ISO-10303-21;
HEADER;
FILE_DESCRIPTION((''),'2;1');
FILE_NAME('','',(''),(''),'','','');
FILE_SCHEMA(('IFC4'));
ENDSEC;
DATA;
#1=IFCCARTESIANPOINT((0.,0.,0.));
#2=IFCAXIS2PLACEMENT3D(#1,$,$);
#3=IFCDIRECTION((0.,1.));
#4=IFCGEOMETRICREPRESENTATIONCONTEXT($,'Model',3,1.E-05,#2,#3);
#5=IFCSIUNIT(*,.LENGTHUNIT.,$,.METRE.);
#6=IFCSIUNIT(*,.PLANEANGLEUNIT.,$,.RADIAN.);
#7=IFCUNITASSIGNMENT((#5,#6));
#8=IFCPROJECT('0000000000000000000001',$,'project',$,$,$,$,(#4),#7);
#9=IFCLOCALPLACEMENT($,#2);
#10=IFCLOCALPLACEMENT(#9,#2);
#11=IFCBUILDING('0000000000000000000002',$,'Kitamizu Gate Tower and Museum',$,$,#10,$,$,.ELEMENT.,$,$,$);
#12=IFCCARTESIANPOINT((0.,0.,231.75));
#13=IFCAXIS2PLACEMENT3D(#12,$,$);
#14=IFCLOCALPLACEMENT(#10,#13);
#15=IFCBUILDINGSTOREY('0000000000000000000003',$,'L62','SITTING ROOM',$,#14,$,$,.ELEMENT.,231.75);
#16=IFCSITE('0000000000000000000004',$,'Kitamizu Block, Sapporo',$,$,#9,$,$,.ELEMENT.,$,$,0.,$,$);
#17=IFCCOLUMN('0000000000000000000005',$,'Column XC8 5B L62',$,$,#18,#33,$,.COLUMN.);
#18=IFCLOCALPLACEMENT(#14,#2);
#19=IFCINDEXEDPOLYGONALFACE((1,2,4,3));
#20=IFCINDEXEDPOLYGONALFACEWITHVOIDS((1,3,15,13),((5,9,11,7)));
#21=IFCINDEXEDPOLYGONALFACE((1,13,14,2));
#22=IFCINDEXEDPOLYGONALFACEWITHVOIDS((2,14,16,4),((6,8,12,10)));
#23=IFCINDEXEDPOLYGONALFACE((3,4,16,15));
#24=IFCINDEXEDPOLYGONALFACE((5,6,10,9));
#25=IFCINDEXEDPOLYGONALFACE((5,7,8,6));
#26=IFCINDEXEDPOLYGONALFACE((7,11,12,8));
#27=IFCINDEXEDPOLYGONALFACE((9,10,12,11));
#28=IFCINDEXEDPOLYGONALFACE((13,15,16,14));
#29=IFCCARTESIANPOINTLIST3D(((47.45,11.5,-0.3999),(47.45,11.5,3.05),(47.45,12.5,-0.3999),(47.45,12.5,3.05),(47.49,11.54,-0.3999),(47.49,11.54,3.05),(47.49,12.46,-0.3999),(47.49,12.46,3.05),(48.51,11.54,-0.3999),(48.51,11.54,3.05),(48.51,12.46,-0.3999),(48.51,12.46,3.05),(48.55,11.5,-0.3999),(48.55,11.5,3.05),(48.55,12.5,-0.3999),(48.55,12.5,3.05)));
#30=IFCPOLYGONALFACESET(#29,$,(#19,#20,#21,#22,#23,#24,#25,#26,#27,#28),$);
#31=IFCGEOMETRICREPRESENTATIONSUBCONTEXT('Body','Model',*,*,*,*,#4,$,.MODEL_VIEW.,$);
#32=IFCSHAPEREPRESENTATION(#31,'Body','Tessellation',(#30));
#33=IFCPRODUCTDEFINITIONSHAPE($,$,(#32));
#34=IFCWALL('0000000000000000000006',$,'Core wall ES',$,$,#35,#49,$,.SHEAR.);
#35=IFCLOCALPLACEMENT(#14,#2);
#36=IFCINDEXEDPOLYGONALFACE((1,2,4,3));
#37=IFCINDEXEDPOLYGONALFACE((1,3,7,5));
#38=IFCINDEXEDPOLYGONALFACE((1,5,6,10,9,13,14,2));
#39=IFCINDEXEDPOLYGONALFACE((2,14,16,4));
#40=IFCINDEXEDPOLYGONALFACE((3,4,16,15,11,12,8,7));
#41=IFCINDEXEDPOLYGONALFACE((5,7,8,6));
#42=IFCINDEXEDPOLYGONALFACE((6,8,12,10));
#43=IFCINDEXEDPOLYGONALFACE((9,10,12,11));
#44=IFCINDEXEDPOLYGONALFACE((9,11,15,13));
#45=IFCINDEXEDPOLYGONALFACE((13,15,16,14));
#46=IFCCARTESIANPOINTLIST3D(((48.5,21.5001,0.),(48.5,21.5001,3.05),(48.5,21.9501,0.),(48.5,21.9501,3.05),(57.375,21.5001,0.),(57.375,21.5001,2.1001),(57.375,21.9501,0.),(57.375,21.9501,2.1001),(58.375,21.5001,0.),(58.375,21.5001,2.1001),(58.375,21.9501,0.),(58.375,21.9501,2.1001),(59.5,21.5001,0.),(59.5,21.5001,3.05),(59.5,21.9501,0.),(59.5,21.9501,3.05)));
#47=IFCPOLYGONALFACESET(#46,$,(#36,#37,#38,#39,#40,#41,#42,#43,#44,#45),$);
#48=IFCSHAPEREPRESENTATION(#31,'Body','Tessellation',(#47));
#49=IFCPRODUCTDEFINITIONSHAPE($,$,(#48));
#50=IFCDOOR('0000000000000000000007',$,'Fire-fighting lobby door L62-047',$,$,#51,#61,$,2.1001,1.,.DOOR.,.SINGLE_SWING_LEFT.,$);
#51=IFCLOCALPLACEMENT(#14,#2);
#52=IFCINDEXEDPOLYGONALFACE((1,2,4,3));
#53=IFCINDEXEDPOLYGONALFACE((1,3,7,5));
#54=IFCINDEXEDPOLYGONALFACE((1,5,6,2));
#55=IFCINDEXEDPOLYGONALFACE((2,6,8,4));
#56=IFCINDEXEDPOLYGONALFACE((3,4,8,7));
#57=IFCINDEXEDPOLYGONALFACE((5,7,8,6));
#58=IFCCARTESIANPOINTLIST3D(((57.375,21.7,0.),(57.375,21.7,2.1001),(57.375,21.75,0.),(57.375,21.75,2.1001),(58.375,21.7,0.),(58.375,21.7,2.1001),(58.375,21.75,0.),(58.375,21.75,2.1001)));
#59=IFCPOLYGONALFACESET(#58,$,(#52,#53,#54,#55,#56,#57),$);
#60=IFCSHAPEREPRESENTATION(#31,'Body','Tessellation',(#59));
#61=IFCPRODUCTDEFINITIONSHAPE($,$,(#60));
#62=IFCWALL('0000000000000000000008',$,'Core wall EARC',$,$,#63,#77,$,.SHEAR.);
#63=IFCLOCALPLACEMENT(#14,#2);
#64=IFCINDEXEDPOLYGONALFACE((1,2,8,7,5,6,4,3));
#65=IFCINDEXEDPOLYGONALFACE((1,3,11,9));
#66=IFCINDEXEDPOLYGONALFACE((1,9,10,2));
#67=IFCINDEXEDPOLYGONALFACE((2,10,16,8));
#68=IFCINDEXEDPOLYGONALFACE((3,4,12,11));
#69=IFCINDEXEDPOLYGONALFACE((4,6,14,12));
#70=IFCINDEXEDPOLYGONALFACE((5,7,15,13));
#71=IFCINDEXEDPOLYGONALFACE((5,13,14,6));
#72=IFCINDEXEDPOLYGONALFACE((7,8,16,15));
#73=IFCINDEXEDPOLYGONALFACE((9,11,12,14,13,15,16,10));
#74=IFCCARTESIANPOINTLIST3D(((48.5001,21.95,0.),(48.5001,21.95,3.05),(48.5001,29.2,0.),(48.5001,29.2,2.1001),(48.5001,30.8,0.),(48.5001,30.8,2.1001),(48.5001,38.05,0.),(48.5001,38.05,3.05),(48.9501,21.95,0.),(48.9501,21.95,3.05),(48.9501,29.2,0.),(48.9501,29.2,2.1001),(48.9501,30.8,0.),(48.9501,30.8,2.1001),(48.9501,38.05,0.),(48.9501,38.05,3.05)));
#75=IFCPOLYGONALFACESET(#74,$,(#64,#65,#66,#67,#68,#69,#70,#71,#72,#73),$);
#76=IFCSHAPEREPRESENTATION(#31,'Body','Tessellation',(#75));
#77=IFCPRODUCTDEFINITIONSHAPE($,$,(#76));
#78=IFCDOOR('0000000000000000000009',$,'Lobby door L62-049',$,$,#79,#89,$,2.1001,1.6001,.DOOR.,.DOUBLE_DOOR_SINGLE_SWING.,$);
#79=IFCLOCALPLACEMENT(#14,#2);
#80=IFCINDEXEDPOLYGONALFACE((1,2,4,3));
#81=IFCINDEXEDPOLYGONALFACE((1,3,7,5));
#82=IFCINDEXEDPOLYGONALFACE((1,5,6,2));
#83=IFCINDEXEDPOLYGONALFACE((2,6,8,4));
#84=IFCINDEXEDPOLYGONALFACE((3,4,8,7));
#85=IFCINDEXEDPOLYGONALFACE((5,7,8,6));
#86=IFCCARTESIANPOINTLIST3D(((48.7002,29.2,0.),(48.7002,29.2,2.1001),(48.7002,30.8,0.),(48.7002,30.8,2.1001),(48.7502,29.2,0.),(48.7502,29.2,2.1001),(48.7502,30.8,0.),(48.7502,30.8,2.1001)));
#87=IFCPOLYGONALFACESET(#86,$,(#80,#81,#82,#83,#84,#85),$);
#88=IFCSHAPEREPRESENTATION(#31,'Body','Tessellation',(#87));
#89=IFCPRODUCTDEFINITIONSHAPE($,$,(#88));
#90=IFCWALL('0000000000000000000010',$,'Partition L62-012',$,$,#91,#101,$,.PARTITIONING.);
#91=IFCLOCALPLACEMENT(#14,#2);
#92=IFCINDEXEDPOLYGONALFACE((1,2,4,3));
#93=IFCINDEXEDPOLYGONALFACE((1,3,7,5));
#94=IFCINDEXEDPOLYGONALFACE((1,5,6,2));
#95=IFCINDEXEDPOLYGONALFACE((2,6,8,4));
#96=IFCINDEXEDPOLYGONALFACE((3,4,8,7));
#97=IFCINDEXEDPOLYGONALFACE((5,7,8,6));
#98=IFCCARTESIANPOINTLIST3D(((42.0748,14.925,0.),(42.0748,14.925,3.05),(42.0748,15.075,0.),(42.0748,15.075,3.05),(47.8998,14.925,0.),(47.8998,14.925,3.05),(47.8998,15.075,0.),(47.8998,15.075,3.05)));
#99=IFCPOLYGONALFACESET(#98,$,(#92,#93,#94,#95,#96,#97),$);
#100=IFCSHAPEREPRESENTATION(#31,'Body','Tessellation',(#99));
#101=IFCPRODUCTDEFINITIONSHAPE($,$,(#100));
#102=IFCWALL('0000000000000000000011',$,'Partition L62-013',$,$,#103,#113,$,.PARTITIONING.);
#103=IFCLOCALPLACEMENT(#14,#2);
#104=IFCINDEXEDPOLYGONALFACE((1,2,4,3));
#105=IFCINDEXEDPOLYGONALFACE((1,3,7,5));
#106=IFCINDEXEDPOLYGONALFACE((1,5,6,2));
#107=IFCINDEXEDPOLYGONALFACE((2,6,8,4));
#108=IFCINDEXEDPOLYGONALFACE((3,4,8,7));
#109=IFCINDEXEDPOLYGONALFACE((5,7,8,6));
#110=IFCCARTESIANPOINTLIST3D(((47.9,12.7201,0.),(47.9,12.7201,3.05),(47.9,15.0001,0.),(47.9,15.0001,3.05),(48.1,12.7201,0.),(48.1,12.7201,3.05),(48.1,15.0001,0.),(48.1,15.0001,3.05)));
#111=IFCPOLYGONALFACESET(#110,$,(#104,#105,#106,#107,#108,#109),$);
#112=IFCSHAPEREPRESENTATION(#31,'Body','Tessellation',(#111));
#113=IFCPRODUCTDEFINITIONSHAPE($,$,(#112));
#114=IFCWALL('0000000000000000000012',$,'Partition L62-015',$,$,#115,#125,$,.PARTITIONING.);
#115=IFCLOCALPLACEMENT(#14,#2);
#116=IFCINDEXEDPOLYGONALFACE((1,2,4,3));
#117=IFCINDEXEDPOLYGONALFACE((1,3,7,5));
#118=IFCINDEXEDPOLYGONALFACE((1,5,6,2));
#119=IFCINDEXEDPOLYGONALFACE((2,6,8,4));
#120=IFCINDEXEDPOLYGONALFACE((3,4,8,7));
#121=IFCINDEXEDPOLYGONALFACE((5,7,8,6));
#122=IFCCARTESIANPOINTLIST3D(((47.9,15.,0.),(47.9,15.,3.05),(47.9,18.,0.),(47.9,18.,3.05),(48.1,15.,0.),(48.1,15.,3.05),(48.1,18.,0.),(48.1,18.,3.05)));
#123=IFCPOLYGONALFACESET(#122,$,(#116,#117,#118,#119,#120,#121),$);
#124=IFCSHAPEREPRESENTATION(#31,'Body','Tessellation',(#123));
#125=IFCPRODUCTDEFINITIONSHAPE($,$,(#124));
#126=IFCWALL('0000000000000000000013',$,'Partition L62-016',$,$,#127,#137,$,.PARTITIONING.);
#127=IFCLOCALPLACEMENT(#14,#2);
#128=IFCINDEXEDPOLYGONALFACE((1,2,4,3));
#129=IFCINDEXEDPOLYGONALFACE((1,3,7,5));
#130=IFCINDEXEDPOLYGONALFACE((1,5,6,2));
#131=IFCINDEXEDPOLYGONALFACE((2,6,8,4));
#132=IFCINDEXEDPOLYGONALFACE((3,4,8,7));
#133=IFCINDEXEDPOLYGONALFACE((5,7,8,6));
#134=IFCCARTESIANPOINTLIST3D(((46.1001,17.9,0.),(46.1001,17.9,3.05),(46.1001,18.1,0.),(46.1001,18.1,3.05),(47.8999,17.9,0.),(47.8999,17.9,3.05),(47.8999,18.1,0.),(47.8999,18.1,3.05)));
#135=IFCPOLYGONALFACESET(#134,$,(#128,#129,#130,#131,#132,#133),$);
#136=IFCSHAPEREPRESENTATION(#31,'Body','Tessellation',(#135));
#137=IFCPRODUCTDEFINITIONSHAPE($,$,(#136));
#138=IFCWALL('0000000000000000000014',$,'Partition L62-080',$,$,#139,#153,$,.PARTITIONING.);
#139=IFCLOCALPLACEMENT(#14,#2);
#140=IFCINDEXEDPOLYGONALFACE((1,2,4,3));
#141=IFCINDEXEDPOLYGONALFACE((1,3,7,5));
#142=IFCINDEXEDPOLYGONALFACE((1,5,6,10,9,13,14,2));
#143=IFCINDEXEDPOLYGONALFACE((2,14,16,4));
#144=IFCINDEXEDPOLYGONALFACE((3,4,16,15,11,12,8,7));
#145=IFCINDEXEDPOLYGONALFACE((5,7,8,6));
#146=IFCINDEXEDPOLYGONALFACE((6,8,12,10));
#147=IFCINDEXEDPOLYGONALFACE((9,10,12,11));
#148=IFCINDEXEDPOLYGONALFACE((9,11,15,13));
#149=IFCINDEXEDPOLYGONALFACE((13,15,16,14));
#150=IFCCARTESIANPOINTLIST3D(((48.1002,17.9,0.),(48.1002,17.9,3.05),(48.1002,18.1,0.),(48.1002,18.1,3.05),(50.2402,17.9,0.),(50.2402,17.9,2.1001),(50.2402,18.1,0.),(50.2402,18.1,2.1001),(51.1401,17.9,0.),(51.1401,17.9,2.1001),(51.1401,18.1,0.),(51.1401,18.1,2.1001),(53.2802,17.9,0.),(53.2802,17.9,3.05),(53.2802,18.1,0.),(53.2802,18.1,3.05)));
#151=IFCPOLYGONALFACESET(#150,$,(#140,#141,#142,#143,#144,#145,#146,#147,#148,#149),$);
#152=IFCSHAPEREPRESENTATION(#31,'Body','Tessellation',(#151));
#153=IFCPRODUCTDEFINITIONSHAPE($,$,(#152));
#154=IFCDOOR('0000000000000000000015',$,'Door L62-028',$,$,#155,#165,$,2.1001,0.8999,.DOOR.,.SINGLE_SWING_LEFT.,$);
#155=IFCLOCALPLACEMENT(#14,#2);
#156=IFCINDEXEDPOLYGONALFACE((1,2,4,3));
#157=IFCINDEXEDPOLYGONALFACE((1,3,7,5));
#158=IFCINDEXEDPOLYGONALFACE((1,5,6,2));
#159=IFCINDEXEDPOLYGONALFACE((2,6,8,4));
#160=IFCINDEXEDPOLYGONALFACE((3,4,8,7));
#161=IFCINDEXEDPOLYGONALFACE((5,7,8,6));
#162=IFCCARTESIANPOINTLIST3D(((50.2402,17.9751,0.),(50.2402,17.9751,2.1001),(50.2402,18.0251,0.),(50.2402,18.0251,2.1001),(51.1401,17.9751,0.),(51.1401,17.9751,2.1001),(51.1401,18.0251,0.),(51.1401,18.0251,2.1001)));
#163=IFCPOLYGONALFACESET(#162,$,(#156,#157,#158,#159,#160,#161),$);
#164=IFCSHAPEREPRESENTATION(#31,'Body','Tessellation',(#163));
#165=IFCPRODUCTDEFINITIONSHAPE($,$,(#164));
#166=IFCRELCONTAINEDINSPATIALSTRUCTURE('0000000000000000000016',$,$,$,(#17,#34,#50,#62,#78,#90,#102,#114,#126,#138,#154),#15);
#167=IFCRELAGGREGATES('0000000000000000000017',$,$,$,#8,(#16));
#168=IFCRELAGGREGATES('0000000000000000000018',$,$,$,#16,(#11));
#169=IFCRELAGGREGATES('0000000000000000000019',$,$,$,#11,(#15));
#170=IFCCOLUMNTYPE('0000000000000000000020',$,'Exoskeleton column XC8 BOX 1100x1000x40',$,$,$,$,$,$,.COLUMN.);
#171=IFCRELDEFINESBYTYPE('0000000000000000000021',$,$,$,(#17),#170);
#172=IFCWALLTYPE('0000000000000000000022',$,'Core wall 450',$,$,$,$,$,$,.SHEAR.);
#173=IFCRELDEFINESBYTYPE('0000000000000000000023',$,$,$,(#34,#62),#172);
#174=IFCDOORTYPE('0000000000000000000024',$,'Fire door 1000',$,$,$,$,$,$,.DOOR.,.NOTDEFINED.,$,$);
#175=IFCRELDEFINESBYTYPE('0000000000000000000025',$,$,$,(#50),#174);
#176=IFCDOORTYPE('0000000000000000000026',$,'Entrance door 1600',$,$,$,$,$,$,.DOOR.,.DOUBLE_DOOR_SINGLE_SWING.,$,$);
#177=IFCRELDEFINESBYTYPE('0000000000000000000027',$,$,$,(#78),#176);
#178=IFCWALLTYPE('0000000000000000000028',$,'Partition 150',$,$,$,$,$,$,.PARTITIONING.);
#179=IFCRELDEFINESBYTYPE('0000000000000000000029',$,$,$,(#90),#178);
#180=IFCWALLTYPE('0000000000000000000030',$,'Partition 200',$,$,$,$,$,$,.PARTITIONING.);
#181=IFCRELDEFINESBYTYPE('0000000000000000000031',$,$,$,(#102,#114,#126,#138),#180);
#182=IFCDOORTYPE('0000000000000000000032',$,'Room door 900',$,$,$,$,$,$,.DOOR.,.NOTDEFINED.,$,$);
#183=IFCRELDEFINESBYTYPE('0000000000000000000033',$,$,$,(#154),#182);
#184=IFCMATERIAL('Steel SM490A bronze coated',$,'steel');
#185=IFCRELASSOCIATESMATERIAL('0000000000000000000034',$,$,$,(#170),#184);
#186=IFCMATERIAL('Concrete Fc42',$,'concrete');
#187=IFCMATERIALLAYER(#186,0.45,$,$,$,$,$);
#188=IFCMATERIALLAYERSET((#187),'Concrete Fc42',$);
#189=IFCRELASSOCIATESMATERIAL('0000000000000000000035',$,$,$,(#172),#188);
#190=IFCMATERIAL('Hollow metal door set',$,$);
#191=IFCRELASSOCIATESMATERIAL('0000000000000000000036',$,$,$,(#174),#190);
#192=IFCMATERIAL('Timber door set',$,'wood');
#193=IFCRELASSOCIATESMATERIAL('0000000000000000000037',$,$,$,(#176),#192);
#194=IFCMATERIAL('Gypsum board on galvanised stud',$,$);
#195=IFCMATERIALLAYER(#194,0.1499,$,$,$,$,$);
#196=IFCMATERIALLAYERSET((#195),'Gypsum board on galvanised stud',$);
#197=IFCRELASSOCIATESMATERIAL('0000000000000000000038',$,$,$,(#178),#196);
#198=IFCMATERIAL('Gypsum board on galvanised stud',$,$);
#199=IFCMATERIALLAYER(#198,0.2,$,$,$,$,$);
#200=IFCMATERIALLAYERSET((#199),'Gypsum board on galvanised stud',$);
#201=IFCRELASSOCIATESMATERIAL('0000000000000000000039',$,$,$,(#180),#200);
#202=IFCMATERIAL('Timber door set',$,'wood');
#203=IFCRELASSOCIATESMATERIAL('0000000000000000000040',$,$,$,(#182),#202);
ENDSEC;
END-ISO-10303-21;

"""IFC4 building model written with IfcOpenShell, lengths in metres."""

from ifc_helpers import new_model, si_unit, direction, frame, frame_2d, origin, origin_2d, place, context, subcontext, project, spatial, rectangle, hollow_rectangle, extrude, material, layer, layer_set, material_profile, profile_set, type_object, element, fill, save


model = new_model("IFC4")

# Units and contexts
model_context = context("Model", 3, precision=1e-05, world=origin(), true_north=direction((0.0, 1.0)))
body_context = subcontext(model_context, "Body", "Model", "MODEL_VIEW")
ifc_project = project(units=[si_unit("LENGTHUNIT", "METRE"), si_unit("PLANEANGLEUNIT", "RADIAN")], contexts=[model_context])

# Site, building, storey
site_placement = place(None, origin())
site = spatial("IfcSite", under=ifc_project, at=site_placement, Name="Kitamizu Block, Sapporo", CompositionType="ELEMENT", RefElevation=0.0)
building_placement = place(site_placement, origin())
building = spatial("IfcBuilding", under=site, at=building_placement, Name="Kitamizu Gate Tower and Museum", CompositionType="ELEMENT")
storey_placement = place(building_placement, frame((0.0, 0.0, 231.75)))
storey = spatial("IfcBuildingStorey", under=building, at=storey_placement, Name="L62", Description="SITTING ROOM", CompositionType="ELEMENT", Elevation=231.75)

# Column
ifc_material_1 = material(Name="Steel SM490A bronze coated", Category="steel")
ifc_material_profile = material_profile(ifc_material_1, hollow_rectangle(XDim=1.1001, YDim=1.0, WallThickness=0.04, at=origin_2d()), Name="BOX 1100x1000x40")
ifc_profile_set = profile_set([ifc_material_profile], Name="Steel SM490A bronze coated")
column_type = type_object("IfcColumnType", Name="Exoskeleton column XC8 BOX 1100x1000x40", PredefinedType="COLUMN", material=ifc_profile_set)
column_placement = place(storey_placement, frame((48.0, 12.0, -0.3999), z_axis=(0.0, 0.0, 1.0), x_axis=(1.0, 0.0, 0.0)))
element("IfcColumn", 1, at=column_placement, inside=storey, type_object=column_type, Name="Column XC8 5B L62", PredefinedType="COLUMN", context=body_context, shape_type="SweptSolid", body=[
    extrude(hollow_rectangle(XDim=1.1001, YDim=1.0, WallThickness=0.04, at=origin_2d()), origin(), (0.0, 0.0, 1.0), 3.45),
])

# Walls, openings, doors
ifc_material_2 = material(Name="Concrete Fc42", Category="concrete")
ifc_layer_1 = layer(ifc_material_2, 0.45)
ifc_layer_set_1 = layer_set([ifc_layer_1], Name="Concrete Fc42")
wall_type_1 = type_object("IfcWallType", Name="Core wall 450", PredefinedType="SHEAR", material=ifc_layer_set_1)
wall_1_placement = place(storey_placement, frame((59.5, 21.7251, 0.0), z_axis=(0.0, 0.0, 1.0), x_axis=(-1.0, 0.0, 0.0)))
wall_1 = element("IfcWall", 2, at=wall_1_placement, inside=storey, type_object=wall_type_1, Name="Core wall ES", PredefinedType="SHEAR", context=body_context, shape_type="SweptSolid", body=[
    extrude(rectangle(XDim=11.0, YDim=0.45, at=frame_2d((5.5, 0.0))), origin(), (0.0, 0.0, 1.0), 3.05),
])
opening_1_placement = place(wall_1_placement, frame((1.125, 0.0, 0.0)))
opening_1 = element("IfcOpeningElement", 3, at=opening_1_placement, cuts=wall_1, PredefinedType="OPENING", context=body_context, shape_type="SweptSolid", body=[
    extrude(rectangle(XDim=1.0, YDim=2.1001, at=frame_2d((0.5, 1.05))), frame((0.0, 0.2349, 0.0), z_axis=(0.0, -1.0, 0.0), x_axis=(1.0, 0.0, 0.0)), (0.0, 0.0, 1.0), 0.47),
])
ifc_material_3 = material(Name="Hollow metal door set")
door_type_1 = type_object("IfcDoorType", Name="Fire door 1000", OperationType="NOTDEFINED", PredefinedType="DOOR", material=ifc_material_3)
door_1_placement = place(opening_1_placement, frame((1.0, 0.0, 0.0), x_axis=(-1.0, 0.0, 0.0)))
door_1 = element("IfcDoor", 4, at=door_1_placement, inside=storey, type_object=door_type_1, Name="Fire-fighting lobby door L62-047", OperationType="SINGLE_SWING_LEFT", OverallHeight=2.1001, OverallWidth=1.0, PredefinedType="DOOR", context=body_context, shape_type="SweptSolid", body=[
    extrude(rectangle(XDim=1.0, YDim=2.1001, at=frame_2d((0.5, 1.05))), frame((0.0, 0.0249, 0.0), z_axis=(0.0, -1.0, 0.0), x_axis=(1.0, 0.0, 0.0)), (0.0, 0.0, 1.0), 0.05),
])
fill(opening_1, door_1)
wall_2_placement = place(storey_placement, frame((48.7251, 21.95, 0.0), z_axis=(0.0, 0.0, 1.0), x_axis=(0.0, 1.0, 0.0)))
wall_2 = element("IfcWall", 5, at=wall_2_placement, inside=storey, type_object=wall_type_1, Name="Core wall EARC", PredefinedType="SHEAR", context=body_context, shape_type="SweptSolid", body=[
    extrude(rectangle(XDim=16.1001, YDim=0.45, at=frame_2d((8.05, 0.0))), origin(), (0.0, 0.0, 1.0), 3.05),
])
opening_2_placement = place(wall_2_placement, frame((7.25, 0.0, 0.0)))
opening_2 = element("IfcOpeningElement", 6, at=opening_2_placement, cuts=wall_2, PredefinedType="OPENING", context=body_context, shape_type="SweptSolid", body=[
    extrude(rectangle(XDim=1.6001, YDim=2.1001, at=frame_2d((0.8, 1.05))), frame((0.0, 0.2349, 0.0), z_axis=(0.0, -1.0, 0.0), x_axis=(1.0, 0.0, 0.0)), (0.0, 0.0, 1.0), 0.47),
])
ifc_material_4 = material(Name="Timber door set", Category="wood")
door_type_2 = type_object("IfcDoorType", Name="Entrance door 1600", OperationType="DOUBLE_DOOR_SINGLE_SWING", PredefinedType="DOOR", material=ifc_material_4)
door_2_placement = place(opening_2_placement, origin())
door_2 = element("IfcDoor", 7, at=door_2_placement, inside=storey, type_object=door_type_2, Name="Lobby door L62-049", OperationType="DOUBLE_DOOR_SINGLE_SWING", OverallHeight=2.1001, OverallWidth=1.6001, PredefinedType="DOOR", context=body_context, shape_type="SweptSolid", body=[
    extrude(rectangle(XDim=1.6001, YDim=2.1001, at=frame_2d((0.8, 1.05))), frame((0.0, 0.0249, 0.0), z_axis=(0.0, -1.0, 0.0), x_axis=(1.0, 0.0, 0.0)), (0.0, 0.0, 1.0), 0.05),
])
fill(opening_2, door_2)

# Walls
ifc_material_5 = material(Name="Gypsum board on galvanised stud")
ifc_layer_2 = layer(ifc_material_5, 0.1499)
ifc_layer_set_2 = layer_set([ifc_layer_2], Name="Gypsum board on galvanised stud")
wall_type_2 = type_object("IfcWallType", Name="Partition 150", PredefinedType="PARTITIONING", material=ifc_layer_set_2)
wall_3_placement = place(storey_placement, frame((47.8999, 15.0, 0.0), z_axis=(0.0, 0.0, 1.0), x_axis=(-1.0, 0.0, 0.0)))
element("IfcWall", 8, at=wall_3_placement, inside=storey, type_object=wall_type_2, Name="Partition L62-012", PredefinedType="PARTITIONING", context=body_context, shape_type="SweptSolid", body=[
    extrude(rectangle(XDim=5.825, YDim=0.1499, at=frame_2d((2.9126, 0.0))), origin(), (0.0, 0.0, 1.0), 3.05),
])
ifc_material_6 = material(Name="Gypsum board on galvanised stud")
ifc_layer_3 = layer(ifc_material_6, 0.2)
ifc_layer_set_3 = layer_set([ifc_layer_3], Name="Gypsum board on galvanised stud")
wall_type_3 = type_object("IfcWallType", Name="Partition 200", PredefinedType="PARTITIONING", material=ifc_layer_set_3)
wall_4_placement = place(storey_placement, frame((48.0, 12.72, 0.0), z_axis=(0.0, 0.0, 1.0), x_axis=(0.0, 1.0, 0.0)))
element("IfcWall", 9, at=wall_4_placement, inside=storey, type_object=wall_type_3, Name="Partition L62-013", PredefinedType="PARTITIONING", context=body_context, shape_type="SweptSolid", body=[
    extrude(rectangle(XDim=2.28, YDim=0.2, at=frame_2d((1.1401, 0.0))), origin(), (0.0, 0.0, 1.0), 3.05),
])
wall_5_placement = place(storey_placement, frame((48.0, 15.0, 0.0), z_axis=(0.0, 0.0, 1.0), x_axis=(0.0, 1.0, 0.0)))
element("IfcWall", 10, at=wall_5_placement, inside=storey, type_object=wall_type_3, Name="Partition L62-015", PredefinedType="PARTITIONING", context=body_context, shape_type="SweptSolid", body=[
    extrude(rectangle(XDim=3.0, YDim=0.2, at=frame_2d((1.5, 0.0))), origin(), (0.0, 0.0, 1.0), 3.05),
])
wall_6_placement = place(storey_placement, frame((47.8999, 18.0, 0.0), z_axis=(0.0, 0.0, 1.0), x_axis=(-1.0, 0.0, 0.0)))
element("IfcWall", 11, at=wall_6_placement, inside=storey, type_object=wall_type_3, Name="Partition L62-016", PredefinedType="PARTITIONING", context=body_context, shape_type="SweptSolid", body=[
    extrude(rectangle(XDim=1.7998, YDim=0.2, at=frame_2d((0.8999, 0.0))), origin(), (0.0, 0.0, 1.0), 3.05),
])

# Wall, opening, door
wall_7_placement = place(storey_placement, frame((53.28, 18.0, 0.0), z_axis=(0.0, 0.0, 1.0), x_axis=(-1.0, 0.0, 0.0)))
wall_7 = element("IfcWall", 12, at=wall_7_placement, inside=storey, type_object=wall_type_3, Name="Partition L62-080", PredefinedType="PARTITIONING", context=body_context, shape_type="SweptSolid", body=[
    extrude(rectangle(XDim=5.1799, YDim=0.2, at=frame_2d((2.5898, 0.0))), origin(), (0.0, 0.0, 1.0), 3.05),
])
opening_3_placement = place(wall_7_placement, frame((2.1399, 0.0, 0.0)))
opening_3 = element("IfcOpeningElement", 13, at=opening_3_placement, cuts=wall_7, PredefinedType="OPENING", context=body_context, shape_type="SweptSolid", body=[
    extrude(rectangle(XDim=0.8999, YDim=2.1001, at=frame_2d((0.45, 1.05))), frame((0.0, 0.1099, 0.0), z_axis=(0.0, -1.0, 0.0), x_axis=(1.0, 0.0, 0.0)), (0.0, 0.0, 1.0), 0.22),
])
ifc_material_7 = material(Name="Timber door set", Category="wood")
door_type_3 = type_object("IfcDoorType", Name="Room door 900", OperationType="NOTDEFINED", PredefinedType="DOOR", material=ifc_material_7)
door_3_placement = place(opening_3_placement, origin())
door_3 = element("IfcDoor", 14, at=door_3_placement, inside=storey, type_object=door_type_3, Name="Door L62-028", OperationType="SINGLE_SWING_LEFT", OverallHeight=2.1001, OverallWidth=0.8999, PredefinedType="DOOR", context=body_context, shape_type="SweptSolid", body=[
    extrude(rectangle(XDim=0.8999, YDim=2.1001, at=frame_2d((0.45, 1.05))), frame((0.0, 0.0249, 0.0), z_axis=(0.0, -1.0, 0.0), x_axis=(1.0, 0.0, 0.0)), (0.0, 0.0, 1.0), 0.05),
])
fill(opening_3, door_3)

save(model, "model.ifc")
